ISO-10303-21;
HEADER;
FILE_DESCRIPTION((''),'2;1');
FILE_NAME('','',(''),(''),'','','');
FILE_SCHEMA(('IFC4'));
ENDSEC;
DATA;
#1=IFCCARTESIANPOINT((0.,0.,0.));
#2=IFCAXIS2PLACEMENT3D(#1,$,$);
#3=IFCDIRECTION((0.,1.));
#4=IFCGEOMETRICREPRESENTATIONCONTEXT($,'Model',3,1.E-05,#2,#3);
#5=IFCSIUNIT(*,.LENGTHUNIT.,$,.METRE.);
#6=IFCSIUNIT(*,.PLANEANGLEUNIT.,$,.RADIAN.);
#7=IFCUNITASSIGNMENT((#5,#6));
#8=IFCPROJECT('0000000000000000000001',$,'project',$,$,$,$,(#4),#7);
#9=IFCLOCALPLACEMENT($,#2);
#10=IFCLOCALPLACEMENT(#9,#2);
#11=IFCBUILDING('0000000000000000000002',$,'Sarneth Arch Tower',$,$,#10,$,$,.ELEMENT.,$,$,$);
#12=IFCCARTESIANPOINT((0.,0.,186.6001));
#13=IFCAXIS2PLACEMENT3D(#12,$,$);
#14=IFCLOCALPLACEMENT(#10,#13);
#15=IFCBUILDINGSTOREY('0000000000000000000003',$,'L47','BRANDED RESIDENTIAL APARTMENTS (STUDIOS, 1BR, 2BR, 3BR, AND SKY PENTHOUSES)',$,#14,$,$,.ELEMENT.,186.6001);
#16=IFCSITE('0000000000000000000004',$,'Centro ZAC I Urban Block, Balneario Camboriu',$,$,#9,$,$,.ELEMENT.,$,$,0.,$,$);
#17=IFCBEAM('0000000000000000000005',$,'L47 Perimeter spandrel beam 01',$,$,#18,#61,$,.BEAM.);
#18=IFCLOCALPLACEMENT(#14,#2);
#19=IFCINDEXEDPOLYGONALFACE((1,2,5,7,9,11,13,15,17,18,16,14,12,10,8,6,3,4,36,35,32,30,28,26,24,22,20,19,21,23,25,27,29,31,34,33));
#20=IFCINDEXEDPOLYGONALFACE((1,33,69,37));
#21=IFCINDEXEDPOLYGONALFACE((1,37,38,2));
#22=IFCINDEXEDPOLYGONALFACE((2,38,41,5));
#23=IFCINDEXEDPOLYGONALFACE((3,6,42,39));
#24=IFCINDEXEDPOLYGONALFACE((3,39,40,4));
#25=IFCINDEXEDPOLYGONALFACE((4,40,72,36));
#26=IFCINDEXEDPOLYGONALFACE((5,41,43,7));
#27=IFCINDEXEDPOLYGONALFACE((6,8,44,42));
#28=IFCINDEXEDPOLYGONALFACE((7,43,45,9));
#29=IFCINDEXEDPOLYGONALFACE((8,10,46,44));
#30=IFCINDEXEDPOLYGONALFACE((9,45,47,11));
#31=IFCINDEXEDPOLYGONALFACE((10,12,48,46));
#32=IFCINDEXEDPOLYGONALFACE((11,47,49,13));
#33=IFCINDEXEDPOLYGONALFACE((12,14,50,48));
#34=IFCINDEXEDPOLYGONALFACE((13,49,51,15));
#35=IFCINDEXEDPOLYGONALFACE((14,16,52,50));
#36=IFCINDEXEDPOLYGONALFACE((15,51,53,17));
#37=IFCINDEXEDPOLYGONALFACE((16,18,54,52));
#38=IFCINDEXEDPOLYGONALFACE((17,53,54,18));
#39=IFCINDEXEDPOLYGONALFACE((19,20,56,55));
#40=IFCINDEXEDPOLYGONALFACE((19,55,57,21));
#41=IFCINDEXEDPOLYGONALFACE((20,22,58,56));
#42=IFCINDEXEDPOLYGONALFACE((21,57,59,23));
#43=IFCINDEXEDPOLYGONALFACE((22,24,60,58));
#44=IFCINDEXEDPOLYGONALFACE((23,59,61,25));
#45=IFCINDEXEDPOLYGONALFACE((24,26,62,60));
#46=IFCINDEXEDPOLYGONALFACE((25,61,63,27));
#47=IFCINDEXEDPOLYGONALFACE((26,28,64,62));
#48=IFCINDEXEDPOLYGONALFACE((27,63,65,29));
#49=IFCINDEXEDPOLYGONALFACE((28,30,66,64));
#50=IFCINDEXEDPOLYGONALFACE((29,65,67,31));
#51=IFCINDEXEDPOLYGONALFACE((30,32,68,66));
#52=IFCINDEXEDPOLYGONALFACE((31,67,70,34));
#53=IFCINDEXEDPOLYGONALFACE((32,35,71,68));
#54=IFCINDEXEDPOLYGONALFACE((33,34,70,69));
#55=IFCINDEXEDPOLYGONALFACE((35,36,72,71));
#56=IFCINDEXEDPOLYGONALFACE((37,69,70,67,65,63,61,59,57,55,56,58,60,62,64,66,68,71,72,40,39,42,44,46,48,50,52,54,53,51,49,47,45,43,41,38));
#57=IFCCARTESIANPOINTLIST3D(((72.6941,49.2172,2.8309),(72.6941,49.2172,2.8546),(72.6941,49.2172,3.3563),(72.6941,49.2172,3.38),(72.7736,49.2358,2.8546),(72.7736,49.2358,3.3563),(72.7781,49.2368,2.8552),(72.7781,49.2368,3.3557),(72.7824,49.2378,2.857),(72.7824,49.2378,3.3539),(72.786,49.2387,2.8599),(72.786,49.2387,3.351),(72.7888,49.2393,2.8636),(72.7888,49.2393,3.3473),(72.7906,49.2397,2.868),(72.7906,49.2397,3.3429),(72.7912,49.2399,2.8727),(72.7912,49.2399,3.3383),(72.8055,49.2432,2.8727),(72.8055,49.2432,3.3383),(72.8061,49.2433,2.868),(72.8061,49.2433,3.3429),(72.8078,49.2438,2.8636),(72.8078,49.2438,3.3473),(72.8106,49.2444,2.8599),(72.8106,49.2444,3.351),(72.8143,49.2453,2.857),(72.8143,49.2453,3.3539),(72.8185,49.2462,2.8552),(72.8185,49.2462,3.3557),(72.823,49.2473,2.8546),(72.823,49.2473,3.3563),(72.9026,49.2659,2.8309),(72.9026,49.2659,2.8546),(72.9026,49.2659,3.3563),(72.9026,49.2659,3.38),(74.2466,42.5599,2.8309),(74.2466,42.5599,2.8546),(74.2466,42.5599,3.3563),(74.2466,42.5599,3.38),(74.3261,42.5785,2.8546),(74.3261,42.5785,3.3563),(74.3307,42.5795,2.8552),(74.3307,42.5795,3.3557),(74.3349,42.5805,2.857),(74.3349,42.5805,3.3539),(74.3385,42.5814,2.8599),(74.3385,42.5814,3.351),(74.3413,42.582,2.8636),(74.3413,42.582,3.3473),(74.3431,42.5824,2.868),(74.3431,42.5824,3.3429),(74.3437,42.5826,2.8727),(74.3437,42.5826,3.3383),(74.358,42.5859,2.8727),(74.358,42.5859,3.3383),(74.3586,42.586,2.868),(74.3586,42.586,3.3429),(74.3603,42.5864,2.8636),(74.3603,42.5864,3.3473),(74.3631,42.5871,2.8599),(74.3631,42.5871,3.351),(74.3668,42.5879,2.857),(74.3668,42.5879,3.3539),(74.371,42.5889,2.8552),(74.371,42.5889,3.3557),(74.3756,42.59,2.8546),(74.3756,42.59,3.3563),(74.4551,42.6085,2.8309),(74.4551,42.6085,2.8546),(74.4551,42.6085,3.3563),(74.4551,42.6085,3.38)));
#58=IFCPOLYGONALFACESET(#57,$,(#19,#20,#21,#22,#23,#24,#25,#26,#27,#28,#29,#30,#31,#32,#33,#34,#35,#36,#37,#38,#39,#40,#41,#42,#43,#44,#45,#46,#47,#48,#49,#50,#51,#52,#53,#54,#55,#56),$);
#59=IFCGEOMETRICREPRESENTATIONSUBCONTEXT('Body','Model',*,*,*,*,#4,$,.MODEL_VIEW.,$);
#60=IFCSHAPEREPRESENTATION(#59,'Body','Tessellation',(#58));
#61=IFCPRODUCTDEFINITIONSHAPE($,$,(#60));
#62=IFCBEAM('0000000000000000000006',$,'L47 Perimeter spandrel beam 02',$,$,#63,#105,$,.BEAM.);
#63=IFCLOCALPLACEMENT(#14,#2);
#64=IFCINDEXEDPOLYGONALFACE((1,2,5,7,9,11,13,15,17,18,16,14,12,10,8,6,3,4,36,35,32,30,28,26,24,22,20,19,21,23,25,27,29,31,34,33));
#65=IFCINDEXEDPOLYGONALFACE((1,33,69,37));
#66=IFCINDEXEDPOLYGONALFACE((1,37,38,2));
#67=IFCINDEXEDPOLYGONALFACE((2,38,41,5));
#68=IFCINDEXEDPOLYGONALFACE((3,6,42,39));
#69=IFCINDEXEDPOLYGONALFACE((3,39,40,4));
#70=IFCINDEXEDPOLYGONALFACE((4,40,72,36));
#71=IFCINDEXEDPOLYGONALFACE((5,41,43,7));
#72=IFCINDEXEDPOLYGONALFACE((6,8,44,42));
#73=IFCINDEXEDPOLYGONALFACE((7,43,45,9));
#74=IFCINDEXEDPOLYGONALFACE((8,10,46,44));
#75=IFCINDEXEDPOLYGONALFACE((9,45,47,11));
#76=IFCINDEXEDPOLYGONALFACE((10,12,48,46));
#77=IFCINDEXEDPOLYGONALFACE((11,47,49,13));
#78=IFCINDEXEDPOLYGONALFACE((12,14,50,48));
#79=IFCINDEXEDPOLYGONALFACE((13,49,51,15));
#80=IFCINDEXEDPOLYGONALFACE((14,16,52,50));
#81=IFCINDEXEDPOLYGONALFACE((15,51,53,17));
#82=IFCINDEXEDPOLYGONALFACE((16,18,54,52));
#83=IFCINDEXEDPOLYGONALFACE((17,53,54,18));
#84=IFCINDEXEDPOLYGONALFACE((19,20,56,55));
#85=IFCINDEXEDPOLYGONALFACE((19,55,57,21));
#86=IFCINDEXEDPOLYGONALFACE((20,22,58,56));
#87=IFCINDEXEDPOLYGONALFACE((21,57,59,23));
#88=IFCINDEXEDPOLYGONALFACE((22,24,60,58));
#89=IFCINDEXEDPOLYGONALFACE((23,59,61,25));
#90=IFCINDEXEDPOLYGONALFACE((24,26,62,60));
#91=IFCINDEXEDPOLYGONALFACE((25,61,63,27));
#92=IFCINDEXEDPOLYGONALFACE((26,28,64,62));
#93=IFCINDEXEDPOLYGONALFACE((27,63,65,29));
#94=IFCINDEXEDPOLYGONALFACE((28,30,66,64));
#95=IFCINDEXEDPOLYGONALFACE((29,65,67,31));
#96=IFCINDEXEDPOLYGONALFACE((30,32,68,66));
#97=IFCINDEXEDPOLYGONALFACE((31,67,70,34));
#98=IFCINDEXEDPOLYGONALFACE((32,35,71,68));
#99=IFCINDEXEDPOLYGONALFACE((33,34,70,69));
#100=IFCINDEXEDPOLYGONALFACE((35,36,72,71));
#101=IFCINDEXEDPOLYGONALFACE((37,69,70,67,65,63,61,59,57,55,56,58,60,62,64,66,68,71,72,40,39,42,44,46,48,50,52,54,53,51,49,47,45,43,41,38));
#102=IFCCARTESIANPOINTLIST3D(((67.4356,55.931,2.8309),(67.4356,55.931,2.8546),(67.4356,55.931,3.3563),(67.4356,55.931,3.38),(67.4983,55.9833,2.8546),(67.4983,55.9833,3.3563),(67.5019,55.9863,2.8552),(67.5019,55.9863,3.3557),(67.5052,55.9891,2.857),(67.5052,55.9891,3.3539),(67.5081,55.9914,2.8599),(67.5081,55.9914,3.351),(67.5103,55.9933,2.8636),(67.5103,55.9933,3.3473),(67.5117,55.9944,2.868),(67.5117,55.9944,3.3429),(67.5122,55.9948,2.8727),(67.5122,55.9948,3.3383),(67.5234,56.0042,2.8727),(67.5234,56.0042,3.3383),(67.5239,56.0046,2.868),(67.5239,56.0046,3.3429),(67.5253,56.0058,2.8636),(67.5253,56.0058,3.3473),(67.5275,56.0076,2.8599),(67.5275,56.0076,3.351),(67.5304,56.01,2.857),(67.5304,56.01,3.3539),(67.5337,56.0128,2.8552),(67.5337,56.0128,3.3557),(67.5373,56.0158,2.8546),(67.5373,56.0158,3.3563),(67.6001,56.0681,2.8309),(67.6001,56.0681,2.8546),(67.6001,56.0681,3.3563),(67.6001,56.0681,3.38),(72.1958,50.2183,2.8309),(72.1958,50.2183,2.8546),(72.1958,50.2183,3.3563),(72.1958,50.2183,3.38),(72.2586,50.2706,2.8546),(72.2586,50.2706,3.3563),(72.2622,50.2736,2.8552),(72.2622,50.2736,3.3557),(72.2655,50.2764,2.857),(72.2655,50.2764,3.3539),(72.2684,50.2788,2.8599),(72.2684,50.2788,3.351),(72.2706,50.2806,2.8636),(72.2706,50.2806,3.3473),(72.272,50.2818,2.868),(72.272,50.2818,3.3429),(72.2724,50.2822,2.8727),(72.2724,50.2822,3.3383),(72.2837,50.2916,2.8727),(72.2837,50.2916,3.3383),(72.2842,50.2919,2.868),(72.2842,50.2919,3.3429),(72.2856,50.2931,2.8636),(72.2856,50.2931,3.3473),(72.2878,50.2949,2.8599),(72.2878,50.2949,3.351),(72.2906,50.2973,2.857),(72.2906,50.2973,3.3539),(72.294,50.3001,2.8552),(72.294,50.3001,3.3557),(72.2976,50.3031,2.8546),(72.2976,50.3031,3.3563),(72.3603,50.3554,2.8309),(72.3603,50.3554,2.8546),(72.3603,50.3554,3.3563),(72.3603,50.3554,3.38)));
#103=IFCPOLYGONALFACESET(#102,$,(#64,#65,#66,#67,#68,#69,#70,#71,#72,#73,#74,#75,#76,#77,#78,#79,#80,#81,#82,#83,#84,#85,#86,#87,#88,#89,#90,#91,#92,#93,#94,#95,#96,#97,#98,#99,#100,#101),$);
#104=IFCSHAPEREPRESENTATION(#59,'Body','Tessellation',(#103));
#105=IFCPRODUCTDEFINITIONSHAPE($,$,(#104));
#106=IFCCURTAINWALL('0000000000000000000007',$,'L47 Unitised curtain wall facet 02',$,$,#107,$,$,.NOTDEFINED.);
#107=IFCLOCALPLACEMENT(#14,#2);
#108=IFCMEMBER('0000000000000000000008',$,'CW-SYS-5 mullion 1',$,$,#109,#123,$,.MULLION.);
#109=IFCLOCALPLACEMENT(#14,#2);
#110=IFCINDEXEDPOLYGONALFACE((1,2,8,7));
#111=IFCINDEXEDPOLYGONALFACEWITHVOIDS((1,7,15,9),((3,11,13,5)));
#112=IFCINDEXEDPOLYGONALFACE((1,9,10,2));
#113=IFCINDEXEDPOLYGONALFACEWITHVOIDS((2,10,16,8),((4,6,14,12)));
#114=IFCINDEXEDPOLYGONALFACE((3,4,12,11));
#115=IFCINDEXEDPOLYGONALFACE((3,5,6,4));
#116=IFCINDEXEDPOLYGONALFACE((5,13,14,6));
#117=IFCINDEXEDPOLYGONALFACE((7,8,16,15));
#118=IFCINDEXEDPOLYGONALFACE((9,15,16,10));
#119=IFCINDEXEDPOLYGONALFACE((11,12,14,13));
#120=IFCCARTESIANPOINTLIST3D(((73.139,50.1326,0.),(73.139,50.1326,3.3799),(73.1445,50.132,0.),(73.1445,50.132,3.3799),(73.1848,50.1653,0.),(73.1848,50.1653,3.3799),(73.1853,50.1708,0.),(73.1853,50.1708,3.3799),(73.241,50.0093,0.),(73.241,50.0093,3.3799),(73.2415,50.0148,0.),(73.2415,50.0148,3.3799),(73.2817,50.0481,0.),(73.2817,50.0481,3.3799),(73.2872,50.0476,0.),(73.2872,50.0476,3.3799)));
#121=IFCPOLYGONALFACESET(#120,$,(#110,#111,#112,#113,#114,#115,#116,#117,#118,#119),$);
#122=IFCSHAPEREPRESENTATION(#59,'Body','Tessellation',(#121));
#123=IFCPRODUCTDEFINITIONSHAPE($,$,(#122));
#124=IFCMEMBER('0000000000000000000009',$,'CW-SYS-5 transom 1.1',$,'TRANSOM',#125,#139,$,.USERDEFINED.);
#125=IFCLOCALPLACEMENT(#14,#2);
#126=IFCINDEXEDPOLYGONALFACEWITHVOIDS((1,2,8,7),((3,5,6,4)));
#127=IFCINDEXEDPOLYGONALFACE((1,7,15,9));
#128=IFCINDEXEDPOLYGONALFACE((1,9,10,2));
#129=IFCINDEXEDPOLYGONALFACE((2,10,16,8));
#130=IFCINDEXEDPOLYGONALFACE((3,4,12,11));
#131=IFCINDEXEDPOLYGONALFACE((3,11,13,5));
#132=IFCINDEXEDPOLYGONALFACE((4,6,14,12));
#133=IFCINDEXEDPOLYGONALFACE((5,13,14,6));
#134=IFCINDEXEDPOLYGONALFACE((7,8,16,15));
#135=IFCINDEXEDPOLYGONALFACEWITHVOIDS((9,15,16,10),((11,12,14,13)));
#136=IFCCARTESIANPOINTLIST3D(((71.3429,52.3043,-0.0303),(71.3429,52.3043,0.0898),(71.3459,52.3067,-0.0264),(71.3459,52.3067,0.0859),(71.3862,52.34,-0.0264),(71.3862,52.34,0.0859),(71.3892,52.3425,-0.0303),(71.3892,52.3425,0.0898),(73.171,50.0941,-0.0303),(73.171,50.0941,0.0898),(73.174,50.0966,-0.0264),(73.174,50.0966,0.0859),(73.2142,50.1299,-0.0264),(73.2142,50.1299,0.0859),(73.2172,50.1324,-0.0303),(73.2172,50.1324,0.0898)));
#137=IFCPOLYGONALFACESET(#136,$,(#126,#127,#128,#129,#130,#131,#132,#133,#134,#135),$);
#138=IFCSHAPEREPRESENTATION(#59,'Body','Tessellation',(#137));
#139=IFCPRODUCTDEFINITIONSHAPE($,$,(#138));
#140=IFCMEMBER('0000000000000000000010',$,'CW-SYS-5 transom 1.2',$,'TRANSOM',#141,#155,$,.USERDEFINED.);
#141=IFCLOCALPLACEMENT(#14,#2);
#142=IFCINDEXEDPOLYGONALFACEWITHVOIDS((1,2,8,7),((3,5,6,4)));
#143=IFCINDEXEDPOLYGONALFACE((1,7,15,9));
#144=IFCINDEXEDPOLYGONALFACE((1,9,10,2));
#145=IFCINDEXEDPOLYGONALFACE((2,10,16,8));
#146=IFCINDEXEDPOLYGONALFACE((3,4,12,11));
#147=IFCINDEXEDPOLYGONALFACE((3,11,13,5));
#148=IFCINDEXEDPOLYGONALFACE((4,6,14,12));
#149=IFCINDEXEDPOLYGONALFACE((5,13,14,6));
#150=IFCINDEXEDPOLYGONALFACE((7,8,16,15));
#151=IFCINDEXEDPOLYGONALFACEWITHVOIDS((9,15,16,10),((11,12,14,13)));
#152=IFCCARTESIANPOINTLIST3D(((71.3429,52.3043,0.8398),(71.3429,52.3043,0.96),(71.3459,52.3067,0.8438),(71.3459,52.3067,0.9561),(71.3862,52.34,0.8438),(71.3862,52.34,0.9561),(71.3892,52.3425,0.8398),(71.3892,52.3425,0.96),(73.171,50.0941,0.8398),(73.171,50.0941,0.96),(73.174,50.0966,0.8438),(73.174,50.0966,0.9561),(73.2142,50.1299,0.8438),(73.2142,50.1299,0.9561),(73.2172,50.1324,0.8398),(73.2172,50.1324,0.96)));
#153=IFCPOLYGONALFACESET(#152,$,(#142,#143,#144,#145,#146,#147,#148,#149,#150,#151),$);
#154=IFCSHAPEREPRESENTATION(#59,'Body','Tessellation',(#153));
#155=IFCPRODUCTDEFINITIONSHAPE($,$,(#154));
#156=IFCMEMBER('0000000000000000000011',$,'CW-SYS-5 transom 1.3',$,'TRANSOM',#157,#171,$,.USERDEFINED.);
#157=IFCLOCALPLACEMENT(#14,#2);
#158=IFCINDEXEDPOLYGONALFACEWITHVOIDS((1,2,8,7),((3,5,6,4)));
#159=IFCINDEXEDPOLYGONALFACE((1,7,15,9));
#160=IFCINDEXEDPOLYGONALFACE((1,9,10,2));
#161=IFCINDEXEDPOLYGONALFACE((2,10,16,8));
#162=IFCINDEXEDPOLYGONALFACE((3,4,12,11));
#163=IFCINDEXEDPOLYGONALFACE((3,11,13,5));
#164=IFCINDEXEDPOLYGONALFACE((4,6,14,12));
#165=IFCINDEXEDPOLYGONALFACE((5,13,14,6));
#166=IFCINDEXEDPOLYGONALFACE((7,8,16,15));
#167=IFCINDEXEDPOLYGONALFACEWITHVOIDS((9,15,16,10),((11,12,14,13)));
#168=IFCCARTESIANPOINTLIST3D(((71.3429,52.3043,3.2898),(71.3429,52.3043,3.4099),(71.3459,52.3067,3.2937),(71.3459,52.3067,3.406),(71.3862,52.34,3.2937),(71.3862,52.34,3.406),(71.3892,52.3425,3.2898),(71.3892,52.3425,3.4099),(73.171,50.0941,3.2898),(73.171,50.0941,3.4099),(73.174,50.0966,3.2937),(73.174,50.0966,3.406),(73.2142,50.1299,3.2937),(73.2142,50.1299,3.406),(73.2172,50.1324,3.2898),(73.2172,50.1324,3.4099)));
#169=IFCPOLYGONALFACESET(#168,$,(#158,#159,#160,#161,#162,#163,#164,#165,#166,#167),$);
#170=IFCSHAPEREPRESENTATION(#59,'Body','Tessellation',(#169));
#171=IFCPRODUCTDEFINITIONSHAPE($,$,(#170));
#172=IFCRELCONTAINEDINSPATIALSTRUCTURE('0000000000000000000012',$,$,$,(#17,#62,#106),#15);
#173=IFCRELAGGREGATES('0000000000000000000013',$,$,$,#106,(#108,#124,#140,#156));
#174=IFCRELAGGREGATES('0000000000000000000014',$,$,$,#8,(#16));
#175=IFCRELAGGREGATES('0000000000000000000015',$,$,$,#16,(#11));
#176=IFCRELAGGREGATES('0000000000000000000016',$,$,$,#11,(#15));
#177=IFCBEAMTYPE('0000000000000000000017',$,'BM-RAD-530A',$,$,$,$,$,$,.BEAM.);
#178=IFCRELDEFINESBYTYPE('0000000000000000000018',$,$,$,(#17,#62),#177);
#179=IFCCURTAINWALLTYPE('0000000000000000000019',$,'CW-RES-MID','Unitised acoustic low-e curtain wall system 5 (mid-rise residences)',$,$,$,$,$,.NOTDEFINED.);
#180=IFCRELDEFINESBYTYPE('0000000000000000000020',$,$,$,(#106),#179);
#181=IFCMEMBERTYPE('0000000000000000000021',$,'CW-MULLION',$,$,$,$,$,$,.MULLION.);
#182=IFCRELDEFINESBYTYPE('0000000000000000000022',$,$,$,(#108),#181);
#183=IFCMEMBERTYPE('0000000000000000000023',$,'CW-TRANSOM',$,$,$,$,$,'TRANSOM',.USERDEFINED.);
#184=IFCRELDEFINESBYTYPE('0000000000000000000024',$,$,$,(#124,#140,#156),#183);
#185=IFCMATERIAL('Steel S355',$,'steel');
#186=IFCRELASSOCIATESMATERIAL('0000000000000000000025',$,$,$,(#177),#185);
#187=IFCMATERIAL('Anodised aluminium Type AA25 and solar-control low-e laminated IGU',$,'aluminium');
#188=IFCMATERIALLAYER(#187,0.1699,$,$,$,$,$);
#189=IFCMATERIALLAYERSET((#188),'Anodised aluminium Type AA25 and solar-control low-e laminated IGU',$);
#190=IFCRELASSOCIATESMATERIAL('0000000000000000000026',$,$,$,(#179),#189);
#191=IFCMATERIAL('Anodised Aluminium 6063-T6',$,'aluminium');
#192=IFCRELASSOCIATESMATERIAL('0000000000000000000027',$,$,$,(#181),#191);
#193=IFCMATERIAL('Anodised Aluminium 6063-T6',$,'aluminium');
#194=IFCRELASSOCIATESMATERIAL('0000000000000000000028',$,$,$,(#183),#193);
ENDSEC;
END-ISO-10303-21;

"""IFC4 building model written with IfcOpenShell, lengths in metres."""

from ifc_helpers import new_model, si_unit, direction, frame, origin, origin_2d, place, context, subcontext, project, spatial, hollow_rectangle, i_section, extrude, material, layer, layer_set, material_profile, profile_set, type_object, element, aggregate, save


model = new_model("IFC4")

# Units and contexts
model_context = context("Model", 3, precision=1e-05, world=origin(), true_north=direction((0.0, 1.0)))
body_context = subcontext(model_context, "Body", "Model", "MODEL_VIEW")
ifc_project = project(units=[si_unit("LENGTHUNIT", "METRE"), si_unit("PLANEANGLEUNIT", "RADIAN")], contexts=[model_context])

# Site, building, storey
site_placement = place(None, origin())
site = spatial("IfcSite", under=ifc_project, at=site_placement, Name="Centro ZAC I Urban Block, Balneario Camboriu", CompositionType="ELEMENT", RefElevation=0.0)
building_placement = place(site_placement, origin())
building = spatial("IfcBuilding", under=site, at=building_placement, Name="Sarneth Arch Tower", CompositionType="ELEMENT")
storey_placement = place(building_placement, frame((0.0, 0.0, 186.6001)))
storey = spatial("IfcBuildingStorey", under=building, at=storey_placement, Name="L47", Description="BRANDED RESIDENTIAL APARTMENTS (STUDIOS, 1BR, 2BR, 3BR, AND SKY PENTHOUSES)", CompositionType="ELEMENT", Elevation=186.6001)

# Beams
ifc_material_1 = material(Name="Steel S355", Category="steel")
ifc_material_profile_1 = material_profile(ifc_material_1, i_section(OverallWidth=0.2141, OverallDepth=0.5491, WebThickness=0.0146, FlangeThickness=0.0237, FilletRadius=0.0181, at=origin_2d()), Name="W530x138")
ifc_profile_set_1 = profile_set([ifc_material_profile_1], Name="Steel S355")
beam_type = type_object("IfcBeamType", Name="BM-RAD-530A", PredefinedType="BEAM", material=ifc_profile_set_1)
beam_1_placement = place(storey_placement, frame((74.3508, 42.5842, 3.1055), z_axis=(-0.22711, 0.973869, 0.0), x_axis=(-0.973869, -0.22711, 0.0)))
element("IfcBeam", 1, at=beam_1_placement, inside=storey, type_object=beam_type, Name="L47 Perimeter spandrel beam 01", PredefinedType="BEAM", context=body_context, shape_type="SweptSolid", body=[
    extrude(i_section(OverallWidth=0.2141, OverallDepth=0.5491, WebThickness=0.0146, FlangeThickness=0.0237, FilletRadius=0.0181, at=origin_2d()), origin(), (0.0, 0.0, 1.0), 6.8359),
])
beam_2_placement = place(storey_placement, frame((72.2781, 50.2869, 3.1055), z_axis=(-0.640162, 0.76824, 0.0), x_axis=(-0.76824, -0.640162, 0.0)))
element("IfcBeam", 2, at=beam_2_placement, inside=storey, type_object=beam_type, Name="L47 Perimeter spandrel beam 02", PredefinedType="BEAM", context=body_context, shape_type="SweptSolid", body=[
    extrude(i_section(OverallWidth=0.2141, OverallDepth=0.5491, WebThickness=0.0146, FlangeThickness=0.0237, FilletRadius=0.0181, at=origin_2d()), origin(), (0.0, 0.0, 1.0), 7.436),
])

# Curtain wall, members
ifc_material_2 = material(Name="Anodised aluminium Type AA25 and solar-control low-e laminated IGU", Category="aluminium")
ifc_layer_1 = layer(ifc_material_2, 0.1699)
ifc_layer_set_1 = layer_set([ifc_layer_1], Name="Anodised aluminium Type AA25 and solar-control low-e laminated IGU")
curtain_wall_type = type_object("IfcCurtainWallType", Name="CW-RES-MID", Description="Unitised acoustic low-e curtain wall system 5 (mid-rise residences)", PredefinedType="NOTDEFINED", material=ifc_layer_set_1)
curtain_wall_placement = place(storey_placement, origin())
curtain_wall = element("IfcCurtainWall", 3, at=curtain_wall_placement, inside=storey, type_object=curtain_wall_type, Name="L47 Unitised curtain wall facet 02", PredefinedType="NOTDEFINED")
ifc_material_3 = material(Name="Anodised Aluminium 6063-T6", Category="aluminium")
ifc_material_profile_2 = material_profile(ifc_material_3, hollow_rectangle(XDim=0.0601, YDim=0.1599, WallThickness=0.0039, at=origin_2d()), Name="AL-MULL-160x60x4")
ifc_profile_set_2 = profile_set([ifc_material_profile_2], Name="Anodised Aluminium 6063-T6")
member_type_1 = type_object("IfcMemberType", Name="CW-MULLION", PredefinedType="MULLION", material=ifc_profile_set_2)
member_1_placement = place(storey_placement, frame((73.2131, 50.0901, 0.0), z_axis=(0.0, 0.0, 1.0), x_axis=(-0.770591, -0.63733, 0.0)))
member_1 = element("IfcMember", 4, at=member_1_placement, type_object=member_type_1, Name="CW-SYS-5 mullion 1", PredefinedType="MULLION", context=body_context, shape_type="SweptSolid", body=[
    extrude(hollow_rectangle(XDim=0.0601, YDim=0.1599, WallThickness=0.0039, at=origin_2d()), origin(), (0.0, 0.0, 1.0), 3.3799),
])
ifc_material_4 = material(Name="Anodised Aluminium 6063-T6", Category="aluminium")
ifc_material_profile_3 = material_profile(ifc_material_4, hollow_rectangle(XDim=0.0601, YDim=0.1201, WallThickness=0.0039, at=origin_2d()), Name="AL-TRAN-120x60x4")
ifc_profile_set_3 = profile_set([ifc_material_profile_3], Name="Anodised Aluminium 6063-T6")
member_type_2 = type_object("IfcMemberType", Name="CW-TRANSOM", ElementType="TRANSOM", PredefinedType="USERDEFINED", material=ifc_profile_set_3)
member_2_placement = place(storey_placement, frame((73.1941, 50.1133, 0.0298), z_axis=(-0.637359, 0.770567, 0.0), x_axis=(-0.770567, -0.637359, 0.0)))
member_2 = element("IfcMember", 5, at=member_2_placement, type_object=member_type_2, Name="CW-SYS-5 transom 1.1", ObjectType="TRANSOM", PredefinedType="USERDEFINED", context=body_context, shape_type="SweptSolid", body=[
    extrude(hollow_rectangle(XDim=0.0601, YDim=0.1201, WallThickness=0.0039, at=origin_2d()), origin(), (0.0, 0.0, 1.0), 2.8682),
])
member_3_placement = place(storey_placement, frame((73.1941, 50.1133, 0.8999), z_axis=(-0.637359, 0.770567, 0.0), x_axis=(-0.770567, -0.637359, 0.0)))
member_3 = element("IfcMember", 6, at=member_3_placement, type_object=member_type_2, Name="CW-SYS-5 transom 1.2", ObjectType="TRANSOM", PredefinedType="USERDEFINED", context=body_context, shape_type="SweptSolid", body=[
    extrude(hollow_rectangle(XDim=0.0601, YDim=0.1201, WallThickness=0.0039, at=origin_2d()), origin(), (0.0, 0.0, 1.0), 2.8682),
])
member_4_placement = place(storey_placement, frame((73.1941, 50.1133, 3.3499), z_axis=(-0.637359, 0.770567, 0.0), x_axis=(-0.770567, -0.637359, 0.0)))
member_4 = element("IfcMember", 7, at=member_4_placement, type_object=member_type_2, Name="CW-SYS-5 transom 1.3", ObjectType="TRANSOM", PredefinedType="USERDEFINED", context=body_context, shape_type="SweptSolid", body=[
    extrude(hollow_rectangle(XDim=0.0601, YDim=0.1201, WallThickness=0.0039, at=origin_2d()), origin(), (0.0, 0.0, 1.0), 2.8682),
])

aggregate(curtain_wall, [member_1, member_2, member_3, member_4])

save(model, "model.ifc")
